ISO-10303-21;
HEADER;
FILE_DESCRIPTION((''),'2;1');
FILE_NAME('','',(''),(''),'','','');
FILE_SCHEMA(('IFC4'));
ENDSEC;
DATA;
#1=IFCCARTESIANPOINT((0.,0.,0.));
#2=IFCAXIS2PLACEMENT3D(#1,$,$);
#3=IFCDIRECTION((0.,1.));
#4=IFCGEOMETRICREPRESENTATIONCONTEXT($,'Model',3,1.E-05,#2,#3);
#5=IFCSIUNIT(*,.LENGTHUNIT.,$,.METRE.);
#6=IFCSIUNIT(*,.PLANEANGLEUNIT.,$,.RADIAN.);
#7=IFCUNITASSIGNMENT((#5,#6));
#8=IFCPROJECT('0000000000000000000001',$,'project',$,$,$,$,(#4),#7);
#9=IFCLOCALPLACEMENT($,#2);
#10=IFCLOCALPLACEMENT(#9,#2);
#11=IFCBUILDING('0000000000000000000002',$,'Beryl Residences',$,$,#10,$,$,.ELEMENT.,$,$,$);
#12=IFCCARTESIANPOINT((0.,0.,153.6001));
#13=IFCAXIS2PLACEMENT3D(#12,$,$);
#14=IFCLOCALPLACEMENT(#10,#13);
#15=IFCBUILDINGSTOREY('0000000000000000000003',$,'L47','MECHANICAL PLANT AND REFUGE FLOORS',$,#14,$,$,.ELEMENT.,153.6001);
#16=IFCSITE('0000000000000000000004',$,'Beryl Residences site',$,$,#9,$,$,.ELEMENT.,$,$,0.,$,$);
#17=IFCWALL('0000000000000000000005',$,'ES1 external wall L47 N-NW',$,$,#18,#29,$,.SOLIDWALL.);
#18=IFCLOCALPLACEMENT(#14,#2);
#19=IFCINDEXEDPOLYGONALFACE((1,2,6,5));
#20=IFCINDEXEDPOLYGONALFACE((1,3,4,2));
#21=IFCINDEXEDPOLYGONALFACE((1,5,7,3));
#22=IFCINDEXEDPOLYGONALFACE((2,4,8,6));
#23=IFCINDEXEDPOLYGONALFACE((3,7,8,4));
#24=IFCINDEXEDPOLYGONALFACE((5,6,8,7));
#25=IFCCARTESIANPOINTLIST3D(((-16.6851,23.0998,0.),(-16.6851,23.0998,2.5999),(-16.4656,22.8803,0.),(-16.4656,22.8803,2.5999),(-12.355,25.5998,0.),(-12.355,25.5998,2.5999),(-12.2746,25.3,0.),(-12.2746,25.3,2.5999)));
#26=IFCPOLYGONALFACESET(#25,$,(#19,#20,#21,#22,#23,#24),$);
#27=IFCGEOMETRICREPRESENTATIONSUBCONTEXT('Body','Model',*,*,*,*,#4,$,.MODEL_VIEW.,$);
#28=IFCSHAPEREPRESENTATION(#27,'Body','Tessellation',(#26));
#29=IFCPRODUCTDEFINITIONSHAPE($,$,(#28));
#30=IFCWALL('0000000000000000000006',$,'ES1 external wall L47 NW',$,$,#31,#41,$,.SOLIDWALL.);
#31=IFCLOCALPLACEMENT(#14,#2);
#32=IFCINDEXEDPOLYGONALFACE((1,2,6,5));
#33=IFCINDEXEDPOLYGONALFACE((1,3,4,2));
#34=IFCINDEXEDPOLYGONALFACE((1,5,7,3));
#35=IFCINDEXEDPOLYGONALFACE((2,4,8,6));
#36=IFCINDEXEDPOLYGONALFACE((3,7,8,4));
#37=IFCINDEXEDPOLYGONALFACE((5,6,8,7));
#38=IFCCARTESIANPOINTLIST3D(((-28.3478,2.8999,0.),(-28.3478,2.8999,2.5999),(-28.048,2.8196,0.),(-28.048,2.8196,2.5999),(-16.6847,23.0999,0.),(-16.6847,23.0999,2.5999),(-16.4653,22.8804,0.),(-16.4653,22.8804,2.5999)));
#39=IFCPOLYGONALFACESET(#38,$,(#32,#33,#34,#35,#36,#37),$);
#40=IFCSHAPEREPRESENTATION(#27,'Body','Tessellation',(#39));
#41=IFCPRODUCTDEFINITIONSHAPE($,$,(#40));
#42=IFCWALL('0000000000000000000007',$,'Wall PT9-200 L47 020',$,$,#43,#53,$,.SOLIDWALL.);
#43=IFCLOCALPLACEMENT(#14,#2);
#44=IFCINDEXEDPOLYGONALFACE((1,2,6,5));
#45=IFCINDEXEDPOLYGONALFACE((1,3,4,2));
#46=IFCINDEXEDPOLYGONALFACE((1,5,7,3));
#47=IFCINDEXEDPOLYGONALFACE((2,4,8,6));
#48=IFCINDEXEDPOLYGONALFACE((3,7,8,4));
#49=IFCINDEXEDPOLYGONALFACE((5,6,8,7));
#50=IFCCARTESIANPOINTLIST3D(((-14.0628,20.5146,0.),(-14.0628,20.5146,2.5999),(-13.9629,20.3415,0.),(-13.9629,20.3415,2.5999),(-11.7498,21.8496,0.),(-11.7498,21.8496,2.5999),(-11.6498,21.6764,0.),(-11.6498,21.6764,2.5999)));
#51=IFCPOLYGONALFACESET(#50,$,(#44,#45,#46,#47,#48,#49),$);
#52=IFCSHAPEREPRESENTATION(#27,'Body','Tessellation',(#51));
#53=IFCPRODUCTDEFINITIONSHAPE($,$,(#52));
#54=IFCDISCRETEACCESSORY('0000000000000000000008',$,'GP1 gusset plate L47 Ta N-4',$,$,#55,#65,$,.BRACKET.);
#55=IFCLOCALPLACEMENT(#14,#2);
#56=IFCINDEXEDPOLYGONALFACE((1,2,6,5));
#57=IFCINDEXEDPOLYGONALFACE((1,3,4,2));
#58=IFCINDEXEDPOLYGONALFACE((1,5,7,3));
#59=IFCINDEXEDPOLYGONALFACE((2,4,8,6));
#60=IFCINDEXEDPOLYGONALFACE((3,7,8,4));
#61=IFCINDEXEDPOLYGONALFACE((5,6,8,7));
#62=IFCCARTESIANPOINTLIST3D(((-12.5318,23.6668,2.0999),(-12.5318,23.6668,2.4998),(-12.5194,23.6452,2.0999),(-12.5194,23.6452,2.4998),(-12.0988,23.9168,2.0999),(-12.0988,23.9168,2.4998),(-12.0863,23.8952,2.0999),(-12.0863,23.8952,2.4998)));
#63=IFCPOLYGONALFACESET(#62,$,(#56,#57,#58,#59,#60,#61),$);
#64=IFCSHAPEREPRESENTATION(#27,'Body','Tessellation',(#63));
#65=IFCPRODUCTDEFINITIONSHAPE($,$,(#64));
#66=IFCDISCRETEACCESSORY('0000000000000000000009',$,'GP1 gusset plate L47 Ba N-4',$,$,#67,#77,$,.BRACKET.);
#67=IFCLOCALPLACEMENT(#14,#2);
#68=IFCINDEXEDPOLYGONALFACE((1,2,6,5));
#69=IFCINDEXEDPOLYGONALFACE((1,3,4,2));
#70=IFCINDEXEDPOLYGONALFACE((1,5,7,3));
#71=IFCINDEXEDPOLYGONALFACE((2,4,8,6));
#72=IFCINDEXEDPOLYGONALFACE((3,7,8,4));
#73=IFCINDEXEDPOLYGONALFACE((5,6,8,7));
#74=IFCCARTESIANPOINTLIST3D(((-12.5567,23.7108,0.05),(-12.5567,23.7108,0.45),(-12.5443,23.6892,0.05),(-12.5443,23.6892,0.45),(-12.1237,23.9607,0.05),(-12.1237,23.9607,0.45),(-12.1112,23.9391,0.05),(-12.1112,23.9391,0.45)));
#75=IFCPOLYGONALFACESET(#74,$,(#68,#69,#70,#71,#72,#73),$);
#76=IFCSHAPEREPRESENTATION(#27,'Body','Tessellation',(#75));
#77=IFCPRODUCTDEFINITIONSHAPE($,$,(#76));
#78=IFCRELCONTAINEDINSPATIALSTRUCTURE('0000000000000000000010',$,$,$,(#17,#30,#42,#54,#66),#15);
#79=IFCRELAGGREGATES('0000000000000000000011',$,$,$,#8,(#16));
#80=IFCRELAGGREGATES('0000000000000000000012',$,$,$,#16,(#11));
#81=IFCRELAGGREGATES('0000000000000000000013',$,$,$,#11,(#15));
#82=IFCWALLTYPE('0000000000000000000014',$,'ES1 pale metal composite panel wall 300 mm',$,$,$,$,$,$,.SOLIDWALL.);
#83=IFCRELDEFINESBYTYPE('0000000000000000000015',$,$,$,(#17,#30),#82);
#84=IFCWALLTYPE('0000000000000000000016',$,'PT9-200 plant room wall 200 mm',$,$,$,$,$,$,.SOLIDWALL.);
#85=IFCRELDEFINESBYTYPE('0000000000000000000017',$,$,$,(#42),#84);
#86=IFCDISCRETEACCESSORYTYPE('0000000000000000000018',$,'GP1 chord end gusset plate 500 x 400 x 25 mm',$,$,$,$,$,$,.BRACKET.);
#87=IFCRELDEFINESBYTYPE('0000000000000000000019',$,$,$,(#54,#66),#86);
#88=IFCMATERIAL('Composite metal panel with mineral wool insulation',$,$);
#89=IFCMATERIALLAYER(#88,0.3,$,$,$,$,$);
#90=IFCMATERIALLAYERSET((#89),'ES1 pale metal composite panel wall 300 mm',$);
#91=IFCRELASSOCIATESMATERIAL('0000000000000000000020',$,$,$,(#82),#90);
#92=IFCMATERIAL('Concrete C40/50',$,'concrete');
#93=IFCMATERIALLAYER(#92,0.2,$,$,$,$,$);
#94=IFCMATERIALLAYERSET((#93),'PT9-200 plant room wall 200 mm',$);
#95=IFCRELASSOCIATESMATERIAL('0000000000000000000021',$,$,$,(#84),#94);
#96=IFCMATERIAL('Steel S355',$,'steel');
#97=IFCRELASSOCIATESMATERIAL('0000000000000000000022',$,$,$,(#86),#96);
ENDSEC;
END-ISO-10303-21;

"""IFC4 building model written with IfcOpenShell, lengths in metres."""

from ifc_helpers import new_model, si_unit, direction, frame, frame_2d, origin, origin_2d, place, context, subcontext, project, spatial, polyline, rectangle, outline, extrude, material, layer, layer_set, type_object, element, save


model = new_model("IFC4")

# Units and contexts
model_context = context("Model", 3, precision=1e-05, world=origin(), true_north=direction((0.0, 1.0)))
body_context = subcontext(model_context, "Body", "Model", "MODEL_VIEW")
ifc_project = project(units=[si_unit("LENGTHUNIT", "METRE"), si_unit("PLANEANGLEUNIT", "RADIAN")], contexts=[model_context])

# Site, building, storey
site_placement = place(None, origin())
site = spatial("IfcSite", under=ifc_project, at=site_placement, Name="Beryl Residences site", CompositionType="ELEMENT", RefElevation=0.0)
building_placement = place(site_placement, origin())
building = spatial("IfcBuilding", under=site, at=building_placement, Name="Beryl Residences", CompositionType="ELEMENT")
storey_placement = place(building_placement, frame((0.0, 0.0, 153.6001)))
storey = spatial("IfcBuildingStorey", under=building, at=storey_placement, Name="L47", Description="MECHANICAL PLANT AND REFUGE FLOORS", CompositionType="ELEMENT", Elevation=153.6001)

# Walls
ifc_material_1 = material(Name="Composite metal panel with mineral wool insulation")
ifc_layer_1 = layer(ifc_material_1, 0.3)
ifc_layer_set_1 = layer_set([ifc_layer_1], Name="ES1 pale metal composite panel wall 300 mm")
wall_type_1 = type_object("IfcWallType", Name="ES1 pale metal composite panel wall 300 mm", PredefinedType="SOLIDWALL", material=ifc_layer_set_1)
wall_1_placement = place(storey_placement, frame((-12.28, 25.47, 0.0), z_axis=(0.0, 0.0, 1.0), x_axis=(-0.866023, -0.500004, 0.0)))
element("IfcWall", 1, at=wall_1_placement, inside=storey, type_object=wall_type_1, Name="ES1 external wall L47 N-NW", PredefinedType="SOLIDWALL", context=body_context, shape_type="SweptSolid", body=[
    extrude(outline(polyline([(0.0, -0.1499), (5.0, -0.1499), (4.9197, 0.1499), (0.0803, 0.1499), (0.0, -0.1499)])), origin(), (0.0, 0.0, 1.0), 2.5999),
])
wall_2_placement = place(storey_placement, frame((-16.5549, 23.0249, 0.0), z_axis=(0.0, 0.0, 1.0), x_axis=(-0.500021, -0.866014, 0.0)))
element("IfcWall", 2, at=wall_2_placement, inside=storey, type_object=wall_type_1, Name="ES1 external wall L47 NW", PredefinedType="SOLIDWALL", context=body_context, shape_type="SweptSolid", body=[
    extrude(outline(polyline([(0.0, -0.1499), (23.3252, -0.1499), (23.2449, 0.1499), (0.0803, 0.1499), (0.0, -0.1499)])), origin(), (0.0, 0.0, 1.0), 2.5999),
])
ifc_material_2 = material(Name="Concrete C40/50", Category="concrete")
ifc_layer_2 = layer(ifc_material_2, 0.2)
ifc_layer_set_2 = layer_set([ifc_layer_2], Name="PT9-200 plant room wall 200 mm")
wall_type_2 = type_object("IfcWallType", Name="PT9-200 plant room wall 200 mm", PredefinedType="SOLIDWALL", material=ifc_layer_set_2)
wall_3_placement = place(storey_placement, frame((-14.0129, 20.428, 0.0), z_axis=(0.0, 0.0, 1.0), x_axis=(0.866097, 0.499875, 0.0)))
element("IfcWall", 3, at=wall_3_placement, inside=storey, type_object=wall_type_2, Name="Wall PT9-200 L47 020", PredefinedType="SOLIDWALL", context=body_context, shape_type="SweptSolid", body=[
    extrude(rectangle(XDim=2.6707, YDim=0.2, at=frame_2d((1.3354, 0.0))), origin(), (0.0, 0.0, 1.0), 2.5999),
])

# Discrete accessories
ifc_material_3 = material(Name="Steel S355", Category="steel")
discrete_accessory_type = type_object("IfcDiscreteAccessoryType", Name="GP1 chord end gusset plate 500 x 400 x 25 mm", PredefinedType="BRACKET", material=ifc_material_3)
for number, where, z_axis, x_axis, name in (
    (4, (-12.3091, 23.781, 2.0999), (0.0, 0.0, 1.0), (-0.866069, -0.499924, 0.0), "GP1 gusset plate L47 Ta N-4"),
    (5, (-12.334, 23.825, 0.05), (0.0, 0.0, 1.0), (-0.866069, -0.499924, 0.0), "GP1 gusset plate L47 Ba N-4"),
):
    element("IfcDiscreteAccessory", number, at=place(storey_placement, frame(where, z_axis=z_axis, x_axis=x_axis)), inside=storey, type_object=discrete_accessory_type, Name=name, PredefinedType="BRACKET", context=body_context, shape_type="SweptSolid", body=[
        extrude(rectangle(XDim=0.5, YDim=0.0249, at=origin_2d()), origin(), (0.0, 0.0, 1.0), 0.3999),
    ])

save(model, "model.ifc")
